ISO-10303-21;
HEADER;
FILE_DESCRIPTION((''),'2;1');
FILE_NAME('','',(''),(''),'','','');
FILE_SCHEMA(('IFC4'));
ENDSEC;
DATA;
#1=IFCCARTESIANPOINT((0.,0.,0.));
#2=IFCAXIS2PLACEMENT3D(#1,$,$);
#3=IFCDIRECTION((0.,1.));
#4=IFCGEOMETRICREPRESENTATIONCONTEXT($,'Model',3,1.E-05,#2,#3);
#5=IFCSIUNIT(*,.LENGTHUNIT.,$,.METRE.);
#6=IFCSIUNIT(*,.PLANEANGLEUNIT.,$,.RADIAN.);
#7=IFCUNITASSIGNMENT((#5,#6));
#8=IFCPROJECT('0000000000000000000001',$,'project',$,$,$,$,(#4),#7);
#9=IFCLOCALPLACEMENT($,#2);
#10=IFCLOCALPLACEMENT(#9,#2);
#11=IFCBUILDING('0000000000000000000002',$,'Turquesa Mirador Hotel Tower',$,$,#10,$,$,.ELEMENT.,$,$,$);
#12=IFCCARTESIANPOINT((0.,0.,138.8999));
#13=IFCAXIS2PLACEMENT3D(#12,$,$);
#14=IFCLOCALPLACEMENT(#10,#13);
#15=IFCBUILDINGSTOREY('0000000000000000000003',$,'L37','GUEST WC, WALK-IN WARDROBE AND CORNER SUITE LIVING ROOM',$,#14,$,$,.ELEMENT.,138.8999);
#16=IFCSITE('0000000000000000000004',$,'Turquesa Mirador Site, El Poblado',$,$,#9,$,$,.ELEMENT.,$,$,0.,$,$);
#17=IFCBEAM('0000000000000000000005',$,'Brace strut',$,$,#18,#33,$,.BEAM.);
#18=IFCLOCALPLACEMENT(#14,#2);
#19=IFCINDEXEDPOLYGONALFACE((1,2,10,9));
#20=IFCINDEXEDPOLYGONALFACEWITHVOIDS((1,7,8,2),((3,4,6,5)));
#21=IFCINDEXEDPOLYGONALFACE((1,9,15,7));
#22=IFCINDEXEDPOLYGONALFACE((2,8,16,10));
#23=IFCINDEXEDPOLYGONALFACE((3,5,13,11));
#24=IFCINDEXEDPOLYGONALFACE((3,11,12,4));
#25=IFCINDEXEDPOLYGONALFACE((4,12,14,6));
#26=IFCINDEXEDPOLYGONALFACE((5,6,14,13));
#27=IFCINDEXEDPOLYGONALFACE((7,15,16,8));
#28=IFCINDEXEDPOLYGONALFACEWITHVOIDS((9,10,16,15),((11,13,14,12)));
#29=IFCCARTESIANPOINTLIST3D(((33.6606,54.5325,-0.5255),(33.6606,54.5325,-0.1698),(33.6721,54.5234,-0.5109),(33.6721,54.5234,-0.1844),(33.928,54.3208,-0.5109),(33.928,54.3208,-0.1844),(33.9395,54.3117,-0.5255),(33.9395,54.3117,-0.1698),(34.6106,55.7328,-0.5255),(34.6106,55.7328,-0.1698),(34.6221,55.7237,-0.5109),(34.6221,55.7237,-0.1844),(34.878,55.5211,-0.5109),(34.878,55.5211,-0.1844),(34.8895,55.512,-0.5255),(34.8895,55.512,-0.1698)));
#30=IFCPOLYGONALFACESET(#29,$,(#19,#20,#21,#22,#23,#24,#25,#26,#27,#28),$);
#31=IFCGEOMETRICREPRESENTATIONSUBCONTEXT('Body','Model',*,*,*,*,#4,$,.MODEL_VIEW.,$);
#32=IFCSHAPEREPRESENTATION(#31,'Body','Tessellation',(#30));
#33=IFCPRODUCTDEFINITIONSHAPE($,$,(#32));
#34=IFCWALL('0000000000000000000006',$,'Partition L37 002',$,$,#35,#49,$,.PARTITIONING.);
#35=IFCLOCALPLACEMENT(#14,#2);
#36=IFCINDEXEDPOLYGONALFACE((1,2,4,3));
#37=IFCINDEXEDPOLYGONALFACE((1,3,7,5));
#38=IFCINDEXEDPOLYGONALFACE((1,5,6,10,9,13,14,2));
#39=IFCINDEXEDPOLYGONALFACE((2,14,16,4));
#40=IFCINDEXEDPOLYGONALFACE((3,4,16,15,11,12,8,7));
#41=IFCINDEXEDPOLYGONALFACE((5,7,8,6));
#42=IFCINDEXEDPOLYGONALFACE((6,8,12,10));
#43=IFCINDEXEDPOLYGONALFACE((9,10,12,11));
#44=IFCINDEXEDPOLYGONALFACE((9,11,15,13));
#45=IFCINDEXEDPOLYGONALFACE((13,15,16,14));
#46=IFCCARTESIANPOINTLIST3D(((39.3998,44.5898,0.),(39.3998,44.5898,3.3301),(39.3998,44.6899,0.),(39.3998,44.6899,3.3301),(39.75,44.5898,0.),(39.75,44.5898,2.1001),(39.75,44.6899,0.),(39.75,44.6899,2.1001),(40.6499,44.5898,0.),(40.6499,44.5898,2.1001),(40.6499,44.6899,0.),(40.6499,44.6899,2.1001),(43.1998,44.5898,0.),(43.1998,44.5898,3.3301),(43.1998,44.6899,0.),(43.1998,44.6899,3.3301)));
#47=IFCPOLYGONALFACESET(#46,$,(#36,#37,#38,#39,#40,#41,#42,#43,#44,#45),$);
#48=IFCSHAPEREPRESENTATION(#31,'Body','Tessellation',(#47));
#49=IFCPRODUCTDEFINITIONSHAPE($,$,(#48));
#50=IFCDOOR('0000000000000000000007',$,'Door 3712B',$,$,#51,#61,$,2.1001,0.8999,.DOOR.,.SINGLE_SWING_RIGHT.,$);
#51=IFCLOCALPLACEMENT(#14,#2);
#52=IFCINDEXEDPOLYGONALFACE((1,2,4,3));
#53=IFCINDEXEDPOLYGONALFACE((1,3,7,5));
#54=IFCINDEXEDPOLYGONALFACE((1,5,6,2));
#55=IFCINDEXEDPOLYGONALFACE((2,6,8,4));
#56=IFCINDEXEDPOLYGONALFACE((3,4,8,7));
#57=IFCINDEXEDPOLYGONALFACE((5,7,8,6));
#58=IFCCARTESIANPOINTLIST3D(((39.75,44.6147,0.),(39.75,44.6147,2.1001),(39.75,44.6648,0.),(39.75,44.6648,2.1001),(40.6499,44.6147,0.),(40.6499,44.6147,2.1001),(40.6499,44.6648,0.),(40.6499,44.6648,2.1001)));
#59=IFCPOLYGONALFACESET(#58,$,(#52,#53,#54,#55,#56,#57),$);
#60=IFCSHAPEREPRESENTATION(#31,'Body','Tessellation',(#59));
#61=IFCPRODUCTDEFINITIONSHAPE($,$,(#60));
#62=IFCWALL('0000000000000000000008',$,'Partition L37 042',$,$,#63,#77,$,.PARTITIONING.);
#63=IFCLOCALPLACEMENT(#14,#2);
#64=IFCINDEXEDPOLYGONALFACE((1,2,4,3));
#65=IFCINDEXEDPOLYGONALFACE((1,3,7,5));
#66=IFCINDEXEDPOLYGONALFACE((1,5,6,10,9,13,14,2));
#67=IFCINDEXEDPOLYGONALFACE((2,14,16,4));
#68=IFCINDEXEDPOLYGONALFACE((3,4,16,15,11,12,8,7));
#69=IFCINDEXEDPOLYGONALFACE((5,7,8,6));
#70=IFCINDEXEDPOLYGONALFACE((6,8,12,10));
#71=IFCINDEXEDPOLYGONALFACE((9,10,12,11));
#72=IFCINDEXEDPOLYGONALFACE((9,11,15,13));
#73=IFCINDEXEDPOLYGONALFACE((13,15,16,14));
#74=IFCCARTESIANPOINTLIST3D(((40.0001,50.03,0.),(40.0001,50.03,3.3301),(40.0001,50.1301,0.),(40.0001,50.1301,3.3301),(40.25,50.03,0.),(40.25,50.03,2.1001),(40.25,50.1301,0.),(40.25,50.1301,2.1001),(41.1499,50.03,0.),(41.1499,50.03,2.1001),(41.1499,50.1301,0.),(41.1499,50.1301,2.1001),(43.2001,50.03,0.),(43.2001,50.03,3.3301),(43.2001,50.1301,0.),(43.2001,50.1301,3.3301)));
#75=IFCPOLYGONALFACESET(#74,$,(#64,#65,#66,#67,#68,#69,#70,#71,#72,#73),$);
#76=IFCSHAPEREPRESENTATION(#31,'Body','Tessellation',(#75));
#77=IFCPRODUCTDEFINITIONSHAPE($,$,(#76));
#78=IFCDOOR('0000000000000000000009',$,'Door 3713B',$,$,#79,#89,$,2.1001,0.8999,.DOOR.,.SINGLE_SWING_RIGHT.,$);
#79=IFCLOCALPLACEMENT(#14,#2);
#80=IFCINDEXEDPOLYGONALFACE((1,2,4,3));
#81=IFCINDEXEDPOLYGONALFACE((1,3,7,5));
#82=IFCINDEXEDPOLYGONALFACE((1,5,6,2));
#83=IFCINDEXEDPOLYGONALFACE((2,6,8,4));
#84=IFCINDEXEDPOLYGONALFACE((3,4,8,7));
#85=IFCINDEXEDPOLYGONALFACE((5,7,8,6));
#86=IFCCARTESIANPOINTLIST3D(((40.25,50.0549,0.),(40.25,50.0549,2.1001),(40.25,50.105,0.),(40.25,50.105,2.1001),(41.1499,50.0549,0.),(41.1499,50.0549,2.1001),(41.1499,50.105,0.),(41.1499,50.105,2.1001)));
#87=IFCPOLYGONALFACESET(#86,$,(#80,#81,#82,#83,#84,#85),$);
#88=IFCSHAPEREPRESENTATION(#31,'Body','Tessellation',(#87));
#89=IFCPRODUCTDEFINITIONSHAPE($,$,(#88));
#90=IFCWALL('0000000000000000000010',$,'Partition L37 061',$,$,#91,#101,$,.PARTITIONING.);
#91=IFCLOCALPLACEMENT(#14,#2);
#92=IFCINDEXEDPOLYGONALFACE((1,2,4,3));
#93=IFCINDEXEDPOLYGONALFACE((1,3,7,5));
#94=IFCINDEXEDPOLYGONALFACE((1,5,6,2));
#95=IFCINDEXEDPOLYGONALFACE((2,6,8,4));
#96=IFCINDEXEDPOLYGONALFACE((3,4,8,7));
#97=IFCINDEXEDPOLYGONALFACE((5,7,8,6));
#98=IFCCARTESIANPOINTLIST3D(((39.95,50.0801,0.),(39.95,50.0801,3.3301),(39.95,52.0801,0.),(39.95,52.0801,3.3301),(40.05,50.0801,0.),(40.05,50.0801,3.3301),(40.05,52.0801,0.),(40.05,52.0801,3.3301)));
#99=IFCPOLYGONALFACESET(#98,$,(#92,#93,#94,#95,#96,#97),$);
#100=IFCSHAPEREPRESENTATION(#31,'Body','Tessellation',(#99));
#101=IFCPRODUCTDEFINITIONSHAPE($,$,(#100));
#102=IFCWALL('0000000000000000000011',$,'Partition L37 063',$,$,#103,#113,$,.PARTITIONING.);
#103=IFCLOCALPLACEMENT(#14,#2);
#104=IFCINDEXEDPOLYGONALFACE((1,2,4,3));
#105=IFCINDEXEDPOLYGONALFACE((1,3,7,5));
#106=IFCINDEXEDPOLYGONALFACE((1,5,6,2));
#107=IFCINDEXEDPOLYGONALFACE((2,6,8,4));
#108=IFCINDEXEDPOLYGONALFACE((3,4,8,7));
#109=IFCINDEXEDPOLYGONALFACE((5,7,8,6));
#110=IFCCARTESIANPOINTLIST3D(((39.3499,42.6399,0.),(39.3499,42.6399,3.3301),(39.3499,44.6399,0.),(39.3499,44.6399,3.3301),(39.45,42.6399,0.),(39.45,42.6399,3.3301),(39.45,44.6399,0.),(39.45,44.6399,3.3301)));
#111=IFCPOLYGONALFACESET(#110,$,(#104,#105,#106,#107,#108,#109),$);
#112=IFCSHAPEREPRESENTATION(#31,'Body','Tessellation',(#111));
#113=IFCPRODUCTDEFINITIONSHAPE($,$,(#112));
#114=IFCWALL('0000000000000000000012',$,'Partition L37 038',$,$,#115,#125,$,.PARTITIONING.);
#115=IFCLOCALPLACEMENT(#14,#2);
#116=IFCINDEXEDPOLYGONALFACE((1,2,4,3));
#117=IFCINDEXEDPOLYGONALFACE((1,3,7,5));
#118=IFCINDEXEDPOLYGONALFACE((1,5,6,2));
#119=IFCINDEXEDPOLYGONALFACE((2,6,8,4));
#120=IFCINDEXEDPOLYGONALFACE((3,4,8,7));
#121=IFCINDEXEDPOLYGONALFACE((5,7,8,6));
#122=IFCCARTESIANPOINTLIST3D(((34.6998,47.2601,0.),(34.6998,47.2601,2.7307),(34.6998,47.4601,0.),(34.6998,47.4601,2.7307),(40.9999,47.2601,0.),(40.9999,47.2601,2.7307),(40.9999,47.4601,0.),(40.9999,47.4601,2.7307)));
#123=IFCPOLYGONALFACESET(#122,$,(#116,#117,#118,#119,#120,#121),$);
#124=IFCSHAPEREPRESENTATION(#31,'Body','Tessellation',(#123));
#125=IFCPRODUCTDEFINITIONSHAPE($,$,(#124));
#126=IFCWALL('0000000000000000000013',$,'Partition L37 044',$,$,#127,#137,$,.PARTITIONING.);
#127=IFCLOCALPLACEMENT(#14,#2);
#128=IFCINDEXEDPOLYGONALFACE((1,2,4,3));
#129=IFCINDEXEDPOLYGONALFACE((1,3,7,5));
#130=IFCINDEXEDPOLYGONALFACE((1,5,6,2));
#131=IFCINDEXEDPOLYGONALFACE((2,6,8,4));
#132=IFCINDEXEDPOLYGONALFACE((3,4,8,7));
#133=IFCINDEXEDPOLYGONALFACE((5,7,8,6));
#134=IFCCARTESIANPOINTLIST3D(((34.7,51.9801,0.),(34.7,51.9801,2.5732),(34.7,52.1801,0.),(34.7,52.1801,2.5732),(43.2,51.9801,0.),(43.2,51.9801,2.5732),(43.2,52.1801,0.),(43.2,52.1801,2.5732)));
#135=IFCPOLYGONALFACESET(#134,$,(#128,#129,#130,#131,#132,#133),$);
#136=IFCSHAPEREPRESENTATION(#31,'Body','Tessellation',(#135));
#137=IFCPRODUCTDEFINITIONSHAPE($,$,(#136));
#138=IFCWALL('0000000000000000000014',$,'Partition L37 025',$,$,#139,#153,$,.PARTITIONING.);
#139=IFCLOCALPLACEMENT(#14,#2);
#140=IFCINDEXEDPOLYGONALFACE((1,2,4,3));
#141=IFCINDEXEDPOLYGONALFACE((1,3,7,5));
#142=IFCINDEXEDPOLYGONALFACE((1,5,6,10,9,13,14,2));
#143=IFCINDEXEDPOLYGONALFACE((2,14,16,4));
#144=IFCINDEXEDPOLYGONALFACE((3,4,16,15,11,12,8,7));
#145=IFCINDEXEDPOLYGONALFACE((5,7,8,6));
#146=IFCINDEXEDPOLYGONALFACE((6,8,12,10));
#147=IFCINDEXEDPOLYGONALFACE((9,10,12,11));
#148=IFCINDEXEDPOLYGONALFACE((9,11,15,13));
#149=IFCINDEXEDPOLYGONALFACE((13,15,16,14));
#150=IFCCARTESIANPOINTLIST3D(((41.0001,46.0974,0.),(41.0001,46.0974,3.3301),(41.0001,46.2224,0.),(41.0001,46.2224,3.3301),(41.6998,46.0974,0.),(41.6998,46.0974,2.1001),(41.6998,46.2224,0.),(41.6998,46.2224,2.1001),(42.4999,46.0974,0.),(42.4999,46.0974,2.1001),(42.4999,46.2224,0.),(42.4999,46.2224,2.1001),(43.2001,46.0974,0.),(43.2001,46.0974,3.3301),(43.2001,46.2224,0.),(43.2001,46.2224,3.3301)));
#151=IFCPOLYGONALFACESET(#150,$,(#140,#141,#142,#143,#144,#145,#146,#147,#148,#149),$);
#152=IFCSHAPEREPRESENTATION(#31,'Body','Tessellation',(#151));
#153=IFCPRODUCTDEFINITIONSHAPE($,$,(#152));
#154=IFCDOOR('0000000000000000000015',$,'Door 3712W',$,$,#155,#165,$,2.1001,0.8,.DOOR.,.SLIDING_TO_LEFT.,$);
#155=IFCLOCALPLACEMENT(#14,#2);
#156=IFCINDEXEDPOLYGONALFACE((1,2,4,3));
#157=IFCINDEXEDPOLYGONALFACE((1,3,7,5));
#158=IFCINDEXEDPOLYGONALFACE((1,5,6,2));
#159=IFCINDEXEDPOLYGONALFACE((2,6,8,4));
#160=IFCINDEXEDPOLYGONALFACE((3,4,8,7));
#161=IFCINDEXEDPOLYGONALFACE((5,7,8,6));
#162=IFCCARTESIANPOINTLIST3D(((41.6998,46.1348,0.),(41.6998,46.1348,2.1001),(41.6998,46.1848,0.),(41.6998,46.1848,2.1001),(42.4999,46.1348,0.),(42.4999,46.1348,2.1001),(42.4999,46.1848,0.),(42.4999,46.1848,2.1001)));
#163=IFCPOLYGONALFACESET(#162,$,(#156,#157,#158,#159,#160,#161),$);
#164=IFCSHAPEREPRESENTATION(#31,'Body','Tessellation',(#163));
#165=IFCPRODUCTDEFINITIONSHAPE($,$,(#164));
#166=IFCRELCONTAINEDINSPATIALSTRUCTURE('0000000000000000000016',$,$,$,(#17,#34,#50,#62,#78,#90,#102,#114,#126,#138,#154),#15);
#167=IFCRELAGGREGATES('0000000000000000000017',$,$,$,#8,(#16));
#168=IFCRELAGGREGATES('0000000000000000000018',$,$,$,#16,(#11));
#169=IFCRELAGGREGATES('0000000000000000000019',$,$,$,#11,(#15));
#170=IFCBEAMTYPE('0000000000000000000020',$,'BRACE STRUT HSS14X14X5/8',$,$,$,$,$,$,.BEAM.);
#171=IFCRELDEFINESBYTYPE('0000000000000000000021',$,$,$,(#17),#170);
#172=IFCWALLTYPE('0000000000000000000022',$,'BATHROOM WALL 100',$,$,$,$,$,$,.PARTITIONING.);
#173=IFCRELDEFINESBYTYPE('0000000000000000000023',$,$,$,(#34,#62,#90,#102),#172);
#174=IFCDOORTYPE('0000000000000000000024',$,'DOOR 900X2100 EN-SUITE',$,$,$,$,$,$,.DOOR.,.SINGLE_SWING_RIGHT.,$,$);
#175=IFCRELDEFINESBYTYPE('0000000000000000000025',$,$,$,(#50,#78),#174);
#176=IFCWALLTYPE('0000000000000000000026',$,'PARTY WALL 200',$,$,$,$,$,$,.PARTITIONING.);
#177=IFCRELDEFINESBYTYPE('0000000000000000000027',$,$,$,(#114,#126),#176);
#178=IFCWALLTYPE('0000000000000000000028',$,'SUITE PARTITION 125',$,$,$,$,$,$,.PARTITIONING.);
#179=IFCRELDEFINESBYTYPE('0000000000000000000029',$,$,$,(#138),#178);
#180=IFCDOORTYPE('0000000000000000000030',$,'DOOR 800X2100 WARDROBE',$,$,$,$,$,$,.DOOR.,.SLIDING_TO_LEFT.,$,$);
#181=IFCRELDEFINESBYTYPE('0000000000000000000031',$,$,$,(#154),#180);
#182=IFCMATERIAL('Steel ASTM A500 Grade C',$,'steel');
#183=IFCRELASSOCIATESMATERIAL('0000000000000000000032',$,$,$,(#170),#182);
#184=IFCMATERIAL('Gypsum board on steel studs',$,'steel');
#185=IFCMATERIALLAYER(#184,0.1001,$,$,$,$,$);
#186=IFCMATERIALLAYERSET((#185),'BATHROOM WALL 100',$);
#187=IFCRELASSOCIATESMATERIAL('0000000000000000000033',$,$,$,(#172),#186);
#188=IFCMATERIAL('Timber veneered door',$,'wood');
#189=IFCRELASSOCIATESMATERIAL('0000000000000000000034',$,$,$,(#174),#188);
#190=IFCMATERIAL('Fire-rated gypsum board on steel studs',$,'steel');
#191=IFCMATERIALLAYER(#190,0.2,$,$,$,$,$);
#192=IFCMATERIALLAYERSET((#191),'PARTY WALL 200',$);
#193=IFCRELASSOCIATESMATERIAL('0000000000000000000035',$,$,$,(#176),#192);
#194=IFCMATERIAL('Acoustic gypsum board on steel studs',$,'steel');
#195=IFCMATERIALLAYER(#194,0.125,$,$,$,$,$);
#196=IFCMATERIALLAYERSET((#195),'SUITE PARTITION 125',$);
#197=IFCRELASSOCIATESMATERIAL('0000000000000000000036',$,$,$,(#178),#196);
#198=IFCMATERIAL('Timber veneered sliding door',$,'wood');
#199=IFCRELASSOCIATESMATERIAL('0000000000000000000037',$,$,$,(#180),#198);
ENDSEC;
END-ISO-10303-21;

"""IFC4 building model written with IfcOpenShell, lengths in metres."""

from ifc_helpers import new_model, si_unit, direction, frame, frame_2d, origin, origin_2d, place, context, subcontext, project, spatial, rectangle, hollow_rectangle, extrude, material, layer, layer_set, material_profile, profile_set, type_object, element, fill, save


model = new_model("IFC4")

# Units and contexts
model_context = context("Model", 3, precision=1e-05, world=origin(), true_north=direction((0.0, 1.0)))
body_context = subcontext(model_context, "Body", "Model", "MODEL_VIEW")
ifc_project = project(units=[si_unit("LENGTHUNIT", "METRE"), si_unit("PLANEANGLEUNIT", "RADIAN")], contexts=[model_context])

# Site, building, storey
site_placement = place(None, origin())
site = spatial("IfcSite", under=ifc_project, at=site_placement, Name="Turquesa Mirador Site, El Poblado", CompositionType="ELEMENT", RefElevation=0.0)
building_placement = place(site_placement, origin())
building = spatial("IfcBuilding", under=site, at=building_placement, Name="Turquesa Mirador Hotel Tower", CompositionType="ELEMENT")
storey_placement = place(building_placement, frame((0.0, 0.0, 138.8999)))
storey = spatial("IfcBuildingStorey", under=building, at=storey_placement, Name="L37", Description="GUEST WC, WALK-IN WARDROBE AND CORNER SUITE LIVING ROOM", CompositionType="ELEMENT", Elevation=138.8999)

# Beam
ifc_material_1 = material(Name="Steel ASTM A500 Grade C", Category="steel")
ifc_material_profile_1 = material_profile(ifc_material_1, hollow_rectangle(XDim=0.3557, YDim=0.3557, WallThickness=0.0146, at=origin_2d()), Name="HSS14X14X5/8")
ifc_profile_set_1 = profile_set([ifc_material_profile_1], Name="Steel ASTM A500 Grade C")
beam_type_1 = type_object("IfcBeamType", Name="BRACE STRUT HSS14X14X5/8", PredefinedType="BEAM", material=ifc_profile_set_1)
beam_1_placement = place(storey_placement, frame((33.8, 54.4221, -0.3477), z_axis=(0.620621, 0.784111, 0.0), x_axis=(-0.784111, 0.620621, 0.0)))
element("IfcBeam", 1, at=beam_1_placement, inside=storey, type_object=beam_type_1, Name="Brace strut", PredefinedType="BEAM", context=body_context, shape_type="SweptSolid", body=[
    extrude(hollow_rectangle(XDim=0.3557, YDim=0.3557, WallThickness=0.0146, at=origin_2d()), origin(), (0.0, 0.0, 1.0), 1.5308),
])

# Walls, openings, doors
ifc_material_2 = material(Name="Gypsum board on steel studs", Category="steel")
ifc_layer_1 = layer(ifc_material_2, 0.1001)
ifc_layer_set_1 = layer_set([ifc_layer_1], Name="BATHROOM WALL 100")
wall_type_1 = type_object("IfcWallType", Name="BATHROOM WALL 100", PredefinedType="PARTITIONING", material=ifc_layer_set_1)
wall_1_placement = place(storey_placement, frame((39.3999, 44.6399, 0.0), z_axis=(0.0, 0.0, 1.0), x_axis=(1.0, 0.0, 0.0)))
wall_1 = element("IfcWall", 2, at=wall_1_placement, inside=storey, type_object=wall_type_1, Name="Partition L37 002", PredefinedType="PARTITIONING", context=body_context, shape_type="SweptSolid", body=[
    extrude(rectangle(XDim=3.8, YDim=0.1001, at=frame_2d((1.8999, 0.0))), origin(), (0.0, 0.0, 1.0), 3.3301),
])
opening_1_placement = place(wall_1_placement, frame((0.3501, 0.0, 0.0)))
opening_1 = element("IfcOpeningElement", 3, at=opening_1_placement, cuts=wall_1, PredefinedType="OPENING", context=body_context, shape_type="SweptSolid", body=[
    extrude(rectangle(XDim=0.8999, YDim=2.1001, at=frame_2d((0.45, 1.05))), frame((0.0, 0.0601, 0.0), z_axis=(0.0, -1.0, 0.0), x_axis=(1.0, 0.0, 0.0)), (0.0, 0.0, 1.0), 0.1201),
])
ifc_material_3 = material(Name="Timber veneered door", Category="wood")
door_type_1 = type_object("IfcDoorType", Name="DOOR 900X2100 EN-SUITE", OperationType="SINGLE_SWING_RIGHT", PredefinedType="DOOR", material=ifc_material_3)
door_1_placement = place(opening_1_placement, origin())
door_1 = element("IfcDoor", 4, at=door_1_placement, inside=storey, type_object=door_type_1, Name="Door 3712B", OperationType="SINGLE_SWING_RIGHT", OverallHeight=2.1001, OverallWidth=0.8999, PredefinedType="DOOR", context=body_context, shape_type="SweptSolid", body=[
    extrude(rectangle(XDim=0.8999, YDim=2.1001, at=frame_2d((0.45, 1.05))), frame((0.0, 0.0249, 0.0), z_axis=(0.0, -1.0, 0.0), x_axis=(1.0, 0.0, 0.0)), (0.0, 0.0, 1.0), 0.05),
])
fill(opening_1, door_1)
wall_2_placement = place(storey_placement, frame((40.0, 50.0801, 0.0), z_axis=(0.0, 0.0, 1.0), x_axis=(1.0, 0.0, 0.0)))
wall_2 = element("IfcWall", 5, at=wall_2_placement, inside=storey, type_object=wall_type_1, Name="Partition L37 042", PredefinedType="PARTITIONING", context=body_context, shape_type="SweptSolid", body=[
    extrude(rectangle(XDim=3.2, YDim=0.1001, at=frame_2d((1.6001, 0.0))), origin(), (0.0, 0.0, 1.0), 3.3301),
])
opening_2_placement = place(wall_2_placement, frame((0.25, 0.0, 0.0)))
opening_2 = element("IfcOpeningElement", 6, at=opening_2_placement, cuts=wall_2, PredefinedType="OPENING", context=body_context, shape_type="SweptSolid", body=[
    extrude(rectangle(XDim=0.8999, YDim=2.1001, at=frame_2d((0.45, 1.05))), frame((0.0, 0.0601, 0.0), z_axis=(0.0, -1.0, 0.0), x_axis=(1.0, 0.0, 0.0)), (0.0, 0.0, 1.0), 0.1201),
])
door_2_placement = place(opening_2_placement, origin())
door_2 = element("IfcDoor", 7, at=door_2_placement, inside=storey, type_object=door_type_1, Name="Door 3713B", OperationType="SINGLE_SWING_RIGHT", OverallHeight=2.1001, OverallWidth=0.8999, PredefinedType="DOOR", context=body_context, shape_type="SweptSolid", body=[
    extrude(rectangle(XDim=0.8999, YDim=2.1001, at=frame_2d((0.45, 1.05))), frame((0.0, 0.0249, 0.0), z_axis=(0.0, -1.0, 0.0), x_axis=(1.0, 0.0, 0.0)), (0.0, 0.0, 1.0), 0.05),
])
fill(opening_2, door_2)

# Walls
for number, where, z_axis, x_axis, name in (
    (8, (40.0, 50.0801, 0.0), (0.0, 0.0, 1.0), (0.0, 1.0, 0.0), "Partition L37 061"),
    (9, (39.3999, 42.6399, 0.0), (0.0, 0.0, 1.0), (0.0, 1.0, 0.0), "Partition L37 063"),
):
    element("IfcWall", number, at=place(storey_placement, frame(where, z_axis=z_axis, x_axis=x_axis)), inside=storey, type_object=wall_type_1, Name=name, PredefinedType="PARTITIONING", context=body_context, shape_type="SweptSolid", body=[
        extrude(rectangle(XDim=2.0, YDim=0.1001, at=frame_2d((1.0, 0.0))), origin(), (0.0, 0.0, 1.0), 3.3301),
    ])
ifc_material_4 = material(Name="Fire-rated gypsum board on steel studs", Category="steel")
ifc_layer_2 = layer(ifc_material_4, 0.2)
ifc_layer_set_2 = layer_set([ifc_layer_2], Name="PARTY WALL 200")
wall_type_2 = type_object("IfcWallType", Name="PARTY WALL 200", PredefinedType="PARTITIONING", material=ifc_layer_set_2)
wall_3_placement = place(storey_placement, frame((34.7, 47.3601, 0.0), z_axis=(0.0, 0.0, 1.0), x_axis=(1.0, 0.0, 0.0)))
element("IfcWall", 10, at=wall_3_placement, inside=storey, type_object=wall_type_2, Name="Partition L37 038", PredefinedType="PARTITIONING", context=body_context, shape_type="SweptSolid", body=[
    extrude(rectangle(XDim=6.3, YDim=0.2, at=frame_2d((3.1499, 0.0))), origin(), (0.0, 0.0, 1.0), 2.7307),
])
wall_4_placement = place(storey_placement, frame((34.7, 52.0801, 0.0), z_axis=(0.0, 0.0, 1.0), x_axis=(1.0, 0.0, 0.0)))
element("IfcWall", 11, at=wall_4_placement, inside=storey, type_object=wall_type_2, Name="Partition L37 044", PredefinedType="PARTITIONING", context=body_context, shape_type="SweptSolid", body=[
    extrude(rectangle(XDim=8.5, YDim=0.2, at=frame_2d((4.25, 0.0))), origin(), (0.0, 0.0, 1.0), 2.5732),
])

# Wall, opening, door
ifc_material_5 = material(Name="Acoustic gypsum board on steel studs", Category="steel")
ifc_layer_3 = layer(ifc_material_5, 0.125)
ifc_layer_set_3 = layer_set([ifc_layer_3], Name="SUITE PARTITION 125")
wall_type_3 = type_object("IfcWallType", Name="SUITE PARTITION 125", PredefinedType="PARTITIONING", material=ifc_layer_set_3)
wall_5_placement = place(storey_placement, frame((41.0, 46.1599, 0.0), z_axis=(0.0, 0.0, 1.0), x_axis=(1.0, 0.0, 0.0)))
wall_5 = element("IfcWall", 12, at=wall_5_placement, inside=storey, type_object=wall_type_3, Name="Partition L37 025", PredefinedType="PARTITIONING", context=body_context, shape_type="SweptSolid", body=[
    extrude(rectangle(XDim=2.2, YDim=0.125, at=frame_2d((1.1001, 0.0))), origin(), (0.0, 0.0, 1.0), 3.3301),
])
opening_3_placement = place(wall_5_placement, frame((0.7, 0.0, 0.0)))
opening_3 = element("IfcOpeningElement", 13, at=opening_3_placement, cuts=wall_5, PredefinedType="OPENING", context=body_context, shape_type="SweptSolid", body=[
    extrude(rectangle(XDim=0.8, YDim=2.1001, at=frame_2d((0.3999, 1.05))), frame((0.0, 0.0725, 0.0), z_axis=(0.0, -1.0, 0.0), x_axis=(1.0, 0.0, 0.0)), (0.0, 0.0, 1.0), 0.145),
])
ifc_material_6 = material(Name="Timber veneered sliding door", Category="wood")
door_type_2 = type_object("IfcDoorType", Name="DOOR 800X2100 WARDROBE", OperationType="SLIDING_TO_LEFT", PredefinedType="DOOR", material=ifc_material_6)
door_3_placement = place(opening_3_placement, origin())
door_3 = element("IfcDoor", 14, at=door_3_placement, inside=storey, type_object=door_type_2, Name="Door 3712W", OperationType="SLIDING_TO_LEFT", OverallHeight=2.1001, OverallWidth=0.8, PredefinedType="DOOR", context=body_context, shape_type="SweptSolid", body=[
    extrude(rectangle(XDim=0.8, YDim=2.1001, at=frame_2d((0.3999, 1.05))), frame((0.0, 0.0249, 0.0), z_axis=(0.0, -1.0, 0.0), x_axis=(1.0, 0.0, 0.0)), (0.0, 0.0, 1.0), 0.05),
])
fill(opening_3, door_3)

save(model, "model.ifc")
